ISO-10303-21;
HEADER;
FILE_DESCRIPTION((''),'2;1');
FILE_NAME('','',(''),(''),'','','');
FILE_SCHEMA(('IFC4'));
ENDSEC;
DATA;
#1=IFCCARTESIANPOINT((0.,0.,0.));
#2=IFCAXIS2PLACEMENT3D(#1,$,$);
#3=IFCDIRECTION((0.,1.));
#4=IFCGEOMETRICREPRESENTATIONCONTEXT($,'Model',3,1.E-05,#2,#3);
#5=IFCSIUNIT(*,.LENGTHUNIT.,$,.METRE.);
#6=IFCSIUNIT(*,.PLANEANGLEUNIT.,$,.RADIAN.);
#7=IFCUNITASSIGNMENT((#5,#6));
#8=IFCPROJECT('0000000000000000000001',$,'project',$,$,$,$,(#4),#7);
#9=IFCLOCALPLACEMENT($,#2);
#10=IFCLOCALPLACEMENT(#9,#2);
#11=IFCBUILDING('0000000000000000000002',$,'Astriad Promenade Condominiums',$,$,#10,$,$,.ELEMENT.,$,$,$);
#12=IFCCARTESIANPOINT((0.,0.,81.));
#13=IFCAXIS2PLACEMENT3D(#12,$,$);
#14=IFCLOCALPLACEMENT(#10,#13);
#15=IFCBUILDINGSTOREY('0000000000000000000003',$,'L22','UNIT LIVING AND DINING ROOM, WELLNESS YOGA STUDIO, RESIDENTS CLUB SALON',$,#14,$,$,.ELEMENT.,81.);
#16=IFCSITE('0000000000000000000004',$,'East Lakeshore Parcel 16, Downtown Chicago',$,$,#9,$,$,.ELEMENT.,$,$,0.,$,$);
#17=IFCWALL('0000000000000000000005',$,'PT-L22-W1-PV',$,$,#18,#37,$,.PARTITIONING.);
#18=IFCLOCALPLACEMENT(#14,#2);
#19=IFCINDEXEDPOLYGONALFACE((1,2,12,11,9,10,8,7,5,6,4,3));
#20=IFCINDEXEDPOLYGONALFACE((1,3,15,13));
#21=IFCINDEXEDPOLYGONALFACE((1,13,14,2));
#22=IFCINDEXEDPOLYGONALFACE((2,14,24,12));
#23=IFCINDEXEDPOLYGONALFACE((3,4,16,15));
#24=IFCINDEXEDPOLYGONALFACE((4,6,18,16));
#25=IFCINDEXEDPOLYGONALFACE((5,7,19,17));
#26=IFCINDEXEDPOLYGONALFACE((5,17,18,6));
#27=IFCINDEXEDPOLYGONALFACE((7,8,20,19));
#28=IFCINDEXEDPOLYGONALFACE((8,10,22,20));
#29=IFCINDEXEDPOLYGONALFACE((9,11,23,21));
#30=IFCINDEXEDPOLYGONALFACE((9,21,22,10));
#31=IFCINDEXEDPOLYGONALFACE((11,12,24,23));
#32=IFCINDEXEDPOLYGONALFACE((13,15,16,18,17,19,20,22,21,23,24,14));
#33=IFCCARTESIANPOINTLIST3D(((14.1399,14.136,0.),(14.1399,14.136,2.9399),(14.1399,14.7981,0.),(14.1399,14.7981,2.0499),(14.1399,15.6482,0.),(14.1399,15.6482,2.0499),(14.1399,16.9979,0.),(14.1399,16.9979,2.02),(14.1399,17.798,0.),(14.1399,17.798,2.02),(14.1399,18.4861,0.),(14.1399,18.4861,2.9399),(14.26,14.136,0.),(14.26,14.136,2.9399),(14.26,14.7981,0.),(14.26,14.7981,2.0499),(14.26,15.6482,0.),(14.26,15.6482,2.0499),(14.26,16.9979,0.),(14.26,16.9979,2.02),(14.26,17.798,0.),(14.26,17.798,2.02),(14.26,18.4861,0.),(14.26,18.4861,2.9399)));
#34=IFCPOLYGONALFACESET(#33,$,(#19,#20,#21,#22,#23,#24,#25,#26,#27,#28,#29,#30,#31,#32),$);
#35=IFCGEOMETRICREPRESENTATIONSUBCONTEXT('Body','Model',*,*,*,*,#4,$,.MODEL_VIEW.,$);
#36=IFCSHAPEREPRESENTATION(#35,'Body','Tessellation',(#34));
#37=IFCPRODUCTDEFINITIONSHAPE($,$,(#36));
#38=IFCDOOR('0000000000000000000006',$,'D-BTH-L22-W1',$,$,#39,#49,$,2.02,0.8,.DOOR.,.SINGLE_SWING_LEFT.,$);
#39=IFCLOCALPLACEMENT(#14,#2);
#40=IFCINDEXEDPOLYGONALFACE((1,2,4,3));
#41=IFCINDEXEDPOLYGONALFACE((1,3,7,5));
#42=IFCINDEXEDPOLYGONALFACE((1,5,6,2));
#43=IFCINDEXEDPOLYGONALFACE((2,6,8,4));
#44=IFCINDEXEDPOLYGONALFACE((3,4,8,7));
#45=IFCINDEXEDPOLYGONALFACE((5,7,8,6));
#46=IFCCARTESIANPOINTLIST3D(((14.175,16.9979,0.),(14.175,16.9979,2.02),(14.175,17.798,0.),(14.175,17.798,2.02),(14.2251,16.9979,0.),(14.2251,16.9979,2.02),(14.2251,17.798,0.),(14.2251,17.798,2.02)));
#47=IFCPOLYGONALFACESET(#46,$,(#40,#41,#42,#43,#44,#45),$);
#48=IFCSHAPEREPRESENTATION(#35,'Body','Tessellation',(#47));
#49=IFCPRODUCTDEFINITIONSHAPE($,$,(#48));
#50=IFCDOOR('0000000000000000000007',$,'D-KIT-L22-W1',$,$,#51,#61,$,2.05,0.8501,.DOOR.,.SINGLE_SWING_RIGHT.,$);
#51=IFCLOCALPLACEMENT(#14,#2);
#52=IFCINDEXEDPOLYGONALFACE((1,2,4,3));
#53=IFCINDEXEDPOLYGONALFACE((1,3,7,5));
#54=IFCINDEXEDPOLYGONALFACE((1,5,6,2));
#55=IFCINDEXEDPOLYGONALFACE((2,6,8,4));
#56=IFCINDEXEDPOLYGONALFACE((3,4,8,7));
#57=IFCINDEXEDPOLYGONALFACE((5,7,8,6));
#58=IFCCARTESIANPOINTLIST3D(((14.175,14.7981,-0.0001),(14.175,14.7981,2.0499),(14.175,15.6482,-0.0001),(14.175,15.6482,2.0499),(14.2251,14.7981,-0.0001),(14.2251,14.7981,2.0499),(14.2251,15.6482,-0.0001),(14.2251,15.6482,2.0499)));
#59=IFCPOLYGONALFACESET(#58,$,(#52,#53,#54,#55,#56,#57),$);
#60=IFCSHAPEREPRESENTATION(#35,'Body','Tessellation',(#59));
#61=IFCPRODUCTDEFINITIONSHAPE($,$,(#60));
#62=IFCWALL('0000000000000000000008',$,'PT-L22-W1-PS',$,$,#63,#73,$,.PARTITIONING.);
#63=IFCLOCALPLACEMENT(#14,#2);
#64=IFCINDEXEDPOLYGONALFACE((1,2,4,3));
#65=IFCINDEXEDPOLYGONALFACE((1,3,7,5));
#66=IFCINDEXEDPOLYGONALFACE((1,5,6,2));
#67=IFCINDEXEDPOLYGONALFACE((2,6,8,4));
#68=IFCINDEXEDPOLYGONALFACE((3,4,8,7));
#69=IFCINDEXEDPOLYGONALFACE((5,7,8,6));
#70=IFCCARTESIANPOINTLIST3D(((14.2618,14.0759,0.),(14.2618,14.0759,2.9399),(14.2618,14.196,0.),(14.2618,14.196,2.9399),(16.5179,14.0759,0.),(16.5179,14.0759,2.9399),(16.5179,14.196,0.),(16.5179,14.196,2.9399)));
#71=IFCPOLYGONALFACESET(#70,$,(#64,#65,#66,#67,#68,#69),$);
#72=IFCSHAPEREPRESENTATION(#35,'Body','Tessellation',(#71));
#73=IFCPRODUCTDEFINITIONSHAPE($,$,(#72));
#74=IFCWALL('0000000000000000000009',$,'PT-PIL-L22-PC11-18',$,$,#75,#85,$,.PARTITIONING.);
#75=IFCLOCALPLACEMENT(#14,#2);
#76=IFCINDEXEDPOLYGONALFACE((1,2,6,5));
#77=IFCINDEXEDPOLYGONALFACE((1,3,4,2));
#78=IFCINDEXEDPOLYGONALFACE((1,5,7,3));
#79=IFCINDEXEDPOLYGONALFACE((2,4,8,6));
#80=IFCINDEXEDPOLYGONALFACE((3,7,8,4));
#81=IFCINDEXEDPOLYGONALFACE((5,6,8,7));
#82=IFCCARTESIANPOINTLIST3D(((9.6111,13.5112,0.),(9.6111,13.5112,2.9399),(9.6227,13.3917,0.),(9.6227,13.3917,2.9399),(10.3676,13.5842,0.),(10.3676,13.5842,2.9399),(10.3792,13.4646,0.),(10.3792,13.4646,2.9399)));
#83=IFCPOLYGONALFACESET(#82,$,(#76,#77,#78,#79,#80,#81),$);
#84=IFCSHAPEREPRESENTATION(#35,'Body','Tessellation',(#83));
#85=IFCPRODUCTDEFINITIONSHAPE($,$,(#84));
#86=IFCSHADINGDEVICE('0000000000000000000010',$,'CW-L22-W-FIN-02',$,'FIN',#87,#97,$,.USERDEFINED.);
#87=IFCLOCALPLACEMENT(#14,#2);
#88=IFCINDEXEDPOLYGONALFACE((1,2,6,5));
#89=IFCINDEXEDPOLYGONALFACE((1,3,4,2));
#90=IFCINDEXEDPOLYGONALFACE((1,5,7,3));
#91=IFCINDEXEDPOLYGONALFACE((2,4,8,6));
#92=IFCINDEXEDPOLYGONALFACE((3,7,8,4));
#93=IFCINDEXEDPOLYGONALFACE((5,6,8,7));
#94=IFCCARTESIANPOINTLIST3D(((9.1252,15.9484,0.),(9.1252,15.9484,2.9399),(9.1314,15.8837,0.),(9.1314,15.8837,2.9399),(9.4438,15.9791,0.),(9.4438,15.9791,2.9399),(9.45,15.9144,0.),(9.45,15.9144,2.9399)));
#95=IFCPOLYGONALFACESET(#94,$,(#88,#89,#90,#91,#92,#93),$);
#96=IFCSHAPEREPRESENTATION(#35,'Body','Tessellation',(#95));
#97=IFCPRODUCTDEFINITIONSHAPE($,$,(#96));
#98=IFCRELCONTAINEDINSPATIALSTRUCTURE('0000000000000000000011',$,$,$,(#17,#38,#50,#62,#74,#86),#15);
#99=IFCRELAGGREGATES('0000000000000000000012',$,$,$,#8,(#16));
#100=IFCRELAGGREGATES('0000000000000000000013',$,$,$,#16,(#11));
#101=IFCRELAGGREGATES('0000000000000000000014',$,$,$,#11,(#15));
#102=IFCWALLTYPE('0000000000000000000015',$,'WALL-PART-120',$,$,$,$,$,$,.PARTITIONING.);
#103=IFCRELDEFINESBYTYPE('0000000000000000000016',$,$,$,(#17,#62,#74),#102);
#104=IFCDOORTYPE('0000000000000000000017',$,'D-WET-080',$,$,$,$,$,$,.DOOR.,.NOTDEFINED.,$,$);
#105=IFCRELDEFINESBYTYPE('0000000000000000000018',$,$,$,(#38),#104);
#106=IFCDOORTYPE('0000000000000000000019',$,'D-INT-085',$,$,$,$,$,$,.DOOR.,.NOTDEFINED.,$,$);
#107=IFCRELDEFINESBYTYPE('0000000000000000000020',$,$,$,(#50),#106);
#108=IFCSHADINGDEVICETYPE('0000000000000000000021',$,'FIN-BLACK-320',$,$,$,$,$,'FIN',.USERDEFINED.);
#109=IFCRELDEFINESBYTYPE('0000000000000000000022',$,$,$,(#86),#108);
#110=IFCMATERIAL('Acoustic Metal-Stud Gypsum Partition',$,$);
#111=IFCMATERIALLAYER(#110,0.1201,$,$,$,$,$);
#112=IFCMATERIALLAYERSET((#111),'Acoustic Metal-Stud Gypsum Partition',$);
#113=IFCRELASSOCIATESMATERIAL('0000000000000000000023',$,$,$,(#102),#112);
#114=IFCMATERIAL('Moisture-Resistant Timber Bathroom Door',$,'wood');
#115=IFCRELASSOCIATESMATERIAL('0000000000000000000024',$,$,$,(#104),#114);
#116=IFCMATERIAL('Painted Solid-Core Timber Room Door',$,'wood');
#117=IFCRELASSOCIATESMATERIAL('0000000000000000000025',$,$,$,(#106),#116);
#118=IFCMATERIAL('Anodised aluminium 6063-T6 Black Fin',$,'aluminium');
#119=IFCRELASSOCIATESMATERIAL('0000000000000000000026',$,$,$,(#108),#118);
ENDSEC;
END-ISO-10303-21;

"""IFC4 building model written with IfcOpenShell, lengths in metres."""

from ifc_helpers import new_model, si_unit, direction, frame, frame_2d, origin, origin_2d, place, context, subcontext, project, spatial, rectangle, extrude, source, transform, mapped, material, layer, layer_set, type_object, type_shapes, element, fill, save


model = new_model("IFC4")

# Units and contexts
model_context = context("Model", 3, precision=1e-05, world=origin(), true_north=direction((0.0, 1.0)))
body_context = subcontext(model_context, "Body", "Model", "MODEL_VIEW")
ifc_project = project(units=[si_unit("LENGTHUNIT", "METRE"), si_unit("PLANEANGLEUNIT", "RADIAN")], contexts=[model_context])

# Site, building, storey
site_placement = place(None, origin())
site = spatial("IfcSite", under=ifc_project, at=site_placement, Name="East Lakeshore Parcel 16, Downtown Chicago", CompositionType="ELEMENT", RefElevation=0.0)
building_placement = place(site_placement, origin())
building = spatial("IfcBuilding", under=site, at=building_placement, Name="Astriad Promenade Condominiums", CompositionType="ELEMENT")
storey_placement = place(building_placement, frame((0.0, 0.0, 81.0)))
storey = spatial("IfcBuildingStorey", under=building, at=storey_placement, Name="L22", Description="UNIT LIVING AND DINING ROOM, WELLNESS YOGA STUDIO, RESIDENTS CLUB SALON", CompositionType="ELEMENT", Elevation=81.0)

# Wall, openings, doors
ifc_material_1 = material(Name="Acoustic Metal-Stud Gypsum Partition")
ifc_layer_1 = layer(ifc_material_1, 0.1201)
ifc_layer_set_1 = layer_set([ifc_layer_1], Name="Acoustic Metal-Stud Gypsum Partition")
wall_type_1 = type_object("IfcWallType", Name="WALL-PART-120", PredefinedType="PARTITIONING", material=ifc_layer_set_1)
wall_1_placement = place(storey_placement, frame((14.2, 14.136, 0.0), z_axis=(0.0, 0.0, 1.0), x_axis=(0.0, 1.0, 0.0)))
wall_1 = element("IfcWall", 1, at=wall_1_placement, inside=storey, type_object=wall_type_1, Name="PT-L22-W1-PV", PredefinedType="PARTITIONING", context=body_context, shape_type="SweptSolid", body=[
    extrude(rectangle(XDim=4.3501, YDim=0.1201, at=frame_2d((2.175, 0.0))), origin(), (0.0, 0.0, 1.0), 2.9399),
])
opening_1_placement = place(wall_1_placement, frame((0.6621, 0.0, 0.0)))
opening_1 = element("IfcOpeningElement", 2, at=opening_1_placement, cuts=wall_1, PredefinedType="OPENING", context=body_context, shape_type="SweptSolid", body=[
    extrude(rectangle(XDim=0.8501, YDim=2.05, at=frame_2d((0.425, 1.0249))), frame((0.0, 0.0701, 0.0), z_axis=(0.0, -1.0, 0.0), x_axis=(1.0, 0.0, 0.0)), (0.0, 0.0, 1.0), 0.1401),
])
opening_2_placement = place(wall_1_placement, frame((2.8621, 0.0, 0.0)))
opening_2 = element("IfcOpeningElement", 3, at=opening_2_placement, cuts=wall_1, PredefinedType="OPENING", context=body_context, shape_type="SweptSolid", body=[
    extrude(rectangle(XDim=0.8, YDim=2.02, at=frame_2d((0.3999, 1.01))), frame((0.0, 0.0701, 0.0), z_axis=(0.0, -1.0, 0.0), x_axis=(1.0, 0.0, 0.0)), (0.0, 0.0, 1.0), 0.1401),
])
ifc_material_2 = material(Name="Moisture-Resistant Timber Bathroom Door", Category="wood")
door_type_1 = type_object("IfcDoorType", Name="D-WET-080", OperationType="NOTDEFINED", PredefinedType="DOOR", material=ifc_material_2)
shared_shape_1 = source(origin(), body_context, "Body", "SweptSolid", [
    extrude(rectangle(XDim=0.8, YDim=2.02, at=frame_2d((0.3999, 1.01))), frame((0.0, 0.0249, 0.0), z_axis=(0.0, -1.0, 0.0), x_axis=(1.0, 0.0, 0.0)), (0.0, 0.0, 1.0), 0.05),
])
type_shapes(door_type_1, [shared_shape_1])
door_1_placement = place(opening_2_placement, origin())
door_1 = element("IfcDoor", 4, at=door_1_placement, inside=storey, type_object=door_type_1, Name="D-BTH-L22-W1", OperationType="SINGLE_SWING_LEFT", OverallHeight=2.02, OverallWidth=0.8, PredefinedType="DOOR", context=body_context, shape_type="MappedRepresentation", body=[
    mapped(shared_shape_1, transform((0.0, 0.0, 0.0), scale=1.0)),
])
fill(opening_2, door_1)
ifc_material_3 = material(Name="Painted Solid-Core Timber Room Door", Category="wood")
door_type_2 = type_object("IfcDoorType", Name="D-INT-085", OperationType="NOTDEFINED", PredefinedType="DOOR", material=ifc_material_3)
shared_shape_2 = source(origin(), body_context, "Body", "SweptSolid", [
    extrude(rectangle(XDim=0.8501, YDim=2.05, at=frame_2d((0.425, 1.0249))), frame((0.0, 0.0249, 0.0), z_axis=(0.0, -1.0, 0.0), x_axis=(1.0, 0.0, 0.0)), (0.0, 0.0, 1.0), 0.05),
])
type_shapes(door_type_2, [shared_shape_2])
door_2_placement = place(opening_1_placement, origin())
door_2 = element("IfcDoor", 5, at=door_2_placement, inside=storey, type_object=door_type_2, Name="D-KIT-L22-W1", OperationType="SINGLE_SWING_RIGHT", OverallHeight=2.05, OverallWidth=0.8501, PredefinedType="DOOR", context=body_context, shape_type="MappedRepresentation", body=[
    mapped(shared_shape_2, transform((0.0, 0.0, 0.0), scale=1.0)),
])
fill(opening_1, door_2)

# Walls
wall_2_placement = place(storey_placement, frame((14.262, 14.136, 0.0), z_axis=(0.0, 0.0, 1.0), x_axis=(1.0, 0.0, 0.0)))
element("IfcWall", 6, at=wall_2_placement, inside=storey, type_object=wall_type_1, Name="PT-L22-W1-PS", PredefinedType="PARTITIONING", context=body_context, shape_type="SweptSolid", body=[
    extrude(rectangle(XDim=2.2561, YDim=0.1201, at=frame_2d((1.1279, 0.0))), origin(), (0.0, 0.0, 1.0), 2.9399),
])
wall_3_placement = place(storey_placement, frame((10.3733, 13.5244, 0.0), z_axis=(0.0, 0.0, 1.0), x_axis=(-0.995378, -0.096037, 0.0)))
element("IfcWall", 7, at=wall_3_placement, inside=storey, type_object=wall_type_1, Name="PT-PIL-L22-PC11-18", PredefinedType="PARTITIONING", context=body_context, shape_type="SweptSolid", body=[
    extrude(rectangle(XDim=0.76, YDim=0.1201, at=frame_2d((0.3799, 0.0))), origin(), (0.0, 0.0, 1.0), 2.9399),
])

# Shading device
ifc_material_4 = material(Name="Anodised aluminium 6063-T6 Black Fin", Category="aluminium")
shading_device_type = type_object("IfcShadingDeviceType", Name="FIN-BLACK-320", ElementType="FIN", PredefinedType="USERDEFINED", material=ifc_material_4)
shared_shape_3 = source(origin(), body_context, "Body", "SweptSolid", [
    extrude(rectangle(XDim=0.0649, YDim=0.3201, at=origin_2d()), origin(), (0.0, 0.0, 1.0), 2.9399),
])
type_shapes(shading_device_type, [shared_shape_3])
shading_device_placement = place(storey_placement, frame((9.2876, 15.9314, 0.0), z_axis=(0.0, 0.0, 1.0), x_axis=(-0.095846, 0.995396, 0.0)))
element("IfcShadingDevice", 8, at=shading_device_placement, inside=storey, type_object=shading_device_type, Name="CW-L22-W-FIN-02", ObjectType="FIN", PredefinedType="USERDEFINED", context=body_context, shape_type="MappedRepresentation", body=[
    mapped(shared_shape_3, transform((0.0, 0.0, 0.0), scale=1.0)),
])

save(model, "model.ifc")
